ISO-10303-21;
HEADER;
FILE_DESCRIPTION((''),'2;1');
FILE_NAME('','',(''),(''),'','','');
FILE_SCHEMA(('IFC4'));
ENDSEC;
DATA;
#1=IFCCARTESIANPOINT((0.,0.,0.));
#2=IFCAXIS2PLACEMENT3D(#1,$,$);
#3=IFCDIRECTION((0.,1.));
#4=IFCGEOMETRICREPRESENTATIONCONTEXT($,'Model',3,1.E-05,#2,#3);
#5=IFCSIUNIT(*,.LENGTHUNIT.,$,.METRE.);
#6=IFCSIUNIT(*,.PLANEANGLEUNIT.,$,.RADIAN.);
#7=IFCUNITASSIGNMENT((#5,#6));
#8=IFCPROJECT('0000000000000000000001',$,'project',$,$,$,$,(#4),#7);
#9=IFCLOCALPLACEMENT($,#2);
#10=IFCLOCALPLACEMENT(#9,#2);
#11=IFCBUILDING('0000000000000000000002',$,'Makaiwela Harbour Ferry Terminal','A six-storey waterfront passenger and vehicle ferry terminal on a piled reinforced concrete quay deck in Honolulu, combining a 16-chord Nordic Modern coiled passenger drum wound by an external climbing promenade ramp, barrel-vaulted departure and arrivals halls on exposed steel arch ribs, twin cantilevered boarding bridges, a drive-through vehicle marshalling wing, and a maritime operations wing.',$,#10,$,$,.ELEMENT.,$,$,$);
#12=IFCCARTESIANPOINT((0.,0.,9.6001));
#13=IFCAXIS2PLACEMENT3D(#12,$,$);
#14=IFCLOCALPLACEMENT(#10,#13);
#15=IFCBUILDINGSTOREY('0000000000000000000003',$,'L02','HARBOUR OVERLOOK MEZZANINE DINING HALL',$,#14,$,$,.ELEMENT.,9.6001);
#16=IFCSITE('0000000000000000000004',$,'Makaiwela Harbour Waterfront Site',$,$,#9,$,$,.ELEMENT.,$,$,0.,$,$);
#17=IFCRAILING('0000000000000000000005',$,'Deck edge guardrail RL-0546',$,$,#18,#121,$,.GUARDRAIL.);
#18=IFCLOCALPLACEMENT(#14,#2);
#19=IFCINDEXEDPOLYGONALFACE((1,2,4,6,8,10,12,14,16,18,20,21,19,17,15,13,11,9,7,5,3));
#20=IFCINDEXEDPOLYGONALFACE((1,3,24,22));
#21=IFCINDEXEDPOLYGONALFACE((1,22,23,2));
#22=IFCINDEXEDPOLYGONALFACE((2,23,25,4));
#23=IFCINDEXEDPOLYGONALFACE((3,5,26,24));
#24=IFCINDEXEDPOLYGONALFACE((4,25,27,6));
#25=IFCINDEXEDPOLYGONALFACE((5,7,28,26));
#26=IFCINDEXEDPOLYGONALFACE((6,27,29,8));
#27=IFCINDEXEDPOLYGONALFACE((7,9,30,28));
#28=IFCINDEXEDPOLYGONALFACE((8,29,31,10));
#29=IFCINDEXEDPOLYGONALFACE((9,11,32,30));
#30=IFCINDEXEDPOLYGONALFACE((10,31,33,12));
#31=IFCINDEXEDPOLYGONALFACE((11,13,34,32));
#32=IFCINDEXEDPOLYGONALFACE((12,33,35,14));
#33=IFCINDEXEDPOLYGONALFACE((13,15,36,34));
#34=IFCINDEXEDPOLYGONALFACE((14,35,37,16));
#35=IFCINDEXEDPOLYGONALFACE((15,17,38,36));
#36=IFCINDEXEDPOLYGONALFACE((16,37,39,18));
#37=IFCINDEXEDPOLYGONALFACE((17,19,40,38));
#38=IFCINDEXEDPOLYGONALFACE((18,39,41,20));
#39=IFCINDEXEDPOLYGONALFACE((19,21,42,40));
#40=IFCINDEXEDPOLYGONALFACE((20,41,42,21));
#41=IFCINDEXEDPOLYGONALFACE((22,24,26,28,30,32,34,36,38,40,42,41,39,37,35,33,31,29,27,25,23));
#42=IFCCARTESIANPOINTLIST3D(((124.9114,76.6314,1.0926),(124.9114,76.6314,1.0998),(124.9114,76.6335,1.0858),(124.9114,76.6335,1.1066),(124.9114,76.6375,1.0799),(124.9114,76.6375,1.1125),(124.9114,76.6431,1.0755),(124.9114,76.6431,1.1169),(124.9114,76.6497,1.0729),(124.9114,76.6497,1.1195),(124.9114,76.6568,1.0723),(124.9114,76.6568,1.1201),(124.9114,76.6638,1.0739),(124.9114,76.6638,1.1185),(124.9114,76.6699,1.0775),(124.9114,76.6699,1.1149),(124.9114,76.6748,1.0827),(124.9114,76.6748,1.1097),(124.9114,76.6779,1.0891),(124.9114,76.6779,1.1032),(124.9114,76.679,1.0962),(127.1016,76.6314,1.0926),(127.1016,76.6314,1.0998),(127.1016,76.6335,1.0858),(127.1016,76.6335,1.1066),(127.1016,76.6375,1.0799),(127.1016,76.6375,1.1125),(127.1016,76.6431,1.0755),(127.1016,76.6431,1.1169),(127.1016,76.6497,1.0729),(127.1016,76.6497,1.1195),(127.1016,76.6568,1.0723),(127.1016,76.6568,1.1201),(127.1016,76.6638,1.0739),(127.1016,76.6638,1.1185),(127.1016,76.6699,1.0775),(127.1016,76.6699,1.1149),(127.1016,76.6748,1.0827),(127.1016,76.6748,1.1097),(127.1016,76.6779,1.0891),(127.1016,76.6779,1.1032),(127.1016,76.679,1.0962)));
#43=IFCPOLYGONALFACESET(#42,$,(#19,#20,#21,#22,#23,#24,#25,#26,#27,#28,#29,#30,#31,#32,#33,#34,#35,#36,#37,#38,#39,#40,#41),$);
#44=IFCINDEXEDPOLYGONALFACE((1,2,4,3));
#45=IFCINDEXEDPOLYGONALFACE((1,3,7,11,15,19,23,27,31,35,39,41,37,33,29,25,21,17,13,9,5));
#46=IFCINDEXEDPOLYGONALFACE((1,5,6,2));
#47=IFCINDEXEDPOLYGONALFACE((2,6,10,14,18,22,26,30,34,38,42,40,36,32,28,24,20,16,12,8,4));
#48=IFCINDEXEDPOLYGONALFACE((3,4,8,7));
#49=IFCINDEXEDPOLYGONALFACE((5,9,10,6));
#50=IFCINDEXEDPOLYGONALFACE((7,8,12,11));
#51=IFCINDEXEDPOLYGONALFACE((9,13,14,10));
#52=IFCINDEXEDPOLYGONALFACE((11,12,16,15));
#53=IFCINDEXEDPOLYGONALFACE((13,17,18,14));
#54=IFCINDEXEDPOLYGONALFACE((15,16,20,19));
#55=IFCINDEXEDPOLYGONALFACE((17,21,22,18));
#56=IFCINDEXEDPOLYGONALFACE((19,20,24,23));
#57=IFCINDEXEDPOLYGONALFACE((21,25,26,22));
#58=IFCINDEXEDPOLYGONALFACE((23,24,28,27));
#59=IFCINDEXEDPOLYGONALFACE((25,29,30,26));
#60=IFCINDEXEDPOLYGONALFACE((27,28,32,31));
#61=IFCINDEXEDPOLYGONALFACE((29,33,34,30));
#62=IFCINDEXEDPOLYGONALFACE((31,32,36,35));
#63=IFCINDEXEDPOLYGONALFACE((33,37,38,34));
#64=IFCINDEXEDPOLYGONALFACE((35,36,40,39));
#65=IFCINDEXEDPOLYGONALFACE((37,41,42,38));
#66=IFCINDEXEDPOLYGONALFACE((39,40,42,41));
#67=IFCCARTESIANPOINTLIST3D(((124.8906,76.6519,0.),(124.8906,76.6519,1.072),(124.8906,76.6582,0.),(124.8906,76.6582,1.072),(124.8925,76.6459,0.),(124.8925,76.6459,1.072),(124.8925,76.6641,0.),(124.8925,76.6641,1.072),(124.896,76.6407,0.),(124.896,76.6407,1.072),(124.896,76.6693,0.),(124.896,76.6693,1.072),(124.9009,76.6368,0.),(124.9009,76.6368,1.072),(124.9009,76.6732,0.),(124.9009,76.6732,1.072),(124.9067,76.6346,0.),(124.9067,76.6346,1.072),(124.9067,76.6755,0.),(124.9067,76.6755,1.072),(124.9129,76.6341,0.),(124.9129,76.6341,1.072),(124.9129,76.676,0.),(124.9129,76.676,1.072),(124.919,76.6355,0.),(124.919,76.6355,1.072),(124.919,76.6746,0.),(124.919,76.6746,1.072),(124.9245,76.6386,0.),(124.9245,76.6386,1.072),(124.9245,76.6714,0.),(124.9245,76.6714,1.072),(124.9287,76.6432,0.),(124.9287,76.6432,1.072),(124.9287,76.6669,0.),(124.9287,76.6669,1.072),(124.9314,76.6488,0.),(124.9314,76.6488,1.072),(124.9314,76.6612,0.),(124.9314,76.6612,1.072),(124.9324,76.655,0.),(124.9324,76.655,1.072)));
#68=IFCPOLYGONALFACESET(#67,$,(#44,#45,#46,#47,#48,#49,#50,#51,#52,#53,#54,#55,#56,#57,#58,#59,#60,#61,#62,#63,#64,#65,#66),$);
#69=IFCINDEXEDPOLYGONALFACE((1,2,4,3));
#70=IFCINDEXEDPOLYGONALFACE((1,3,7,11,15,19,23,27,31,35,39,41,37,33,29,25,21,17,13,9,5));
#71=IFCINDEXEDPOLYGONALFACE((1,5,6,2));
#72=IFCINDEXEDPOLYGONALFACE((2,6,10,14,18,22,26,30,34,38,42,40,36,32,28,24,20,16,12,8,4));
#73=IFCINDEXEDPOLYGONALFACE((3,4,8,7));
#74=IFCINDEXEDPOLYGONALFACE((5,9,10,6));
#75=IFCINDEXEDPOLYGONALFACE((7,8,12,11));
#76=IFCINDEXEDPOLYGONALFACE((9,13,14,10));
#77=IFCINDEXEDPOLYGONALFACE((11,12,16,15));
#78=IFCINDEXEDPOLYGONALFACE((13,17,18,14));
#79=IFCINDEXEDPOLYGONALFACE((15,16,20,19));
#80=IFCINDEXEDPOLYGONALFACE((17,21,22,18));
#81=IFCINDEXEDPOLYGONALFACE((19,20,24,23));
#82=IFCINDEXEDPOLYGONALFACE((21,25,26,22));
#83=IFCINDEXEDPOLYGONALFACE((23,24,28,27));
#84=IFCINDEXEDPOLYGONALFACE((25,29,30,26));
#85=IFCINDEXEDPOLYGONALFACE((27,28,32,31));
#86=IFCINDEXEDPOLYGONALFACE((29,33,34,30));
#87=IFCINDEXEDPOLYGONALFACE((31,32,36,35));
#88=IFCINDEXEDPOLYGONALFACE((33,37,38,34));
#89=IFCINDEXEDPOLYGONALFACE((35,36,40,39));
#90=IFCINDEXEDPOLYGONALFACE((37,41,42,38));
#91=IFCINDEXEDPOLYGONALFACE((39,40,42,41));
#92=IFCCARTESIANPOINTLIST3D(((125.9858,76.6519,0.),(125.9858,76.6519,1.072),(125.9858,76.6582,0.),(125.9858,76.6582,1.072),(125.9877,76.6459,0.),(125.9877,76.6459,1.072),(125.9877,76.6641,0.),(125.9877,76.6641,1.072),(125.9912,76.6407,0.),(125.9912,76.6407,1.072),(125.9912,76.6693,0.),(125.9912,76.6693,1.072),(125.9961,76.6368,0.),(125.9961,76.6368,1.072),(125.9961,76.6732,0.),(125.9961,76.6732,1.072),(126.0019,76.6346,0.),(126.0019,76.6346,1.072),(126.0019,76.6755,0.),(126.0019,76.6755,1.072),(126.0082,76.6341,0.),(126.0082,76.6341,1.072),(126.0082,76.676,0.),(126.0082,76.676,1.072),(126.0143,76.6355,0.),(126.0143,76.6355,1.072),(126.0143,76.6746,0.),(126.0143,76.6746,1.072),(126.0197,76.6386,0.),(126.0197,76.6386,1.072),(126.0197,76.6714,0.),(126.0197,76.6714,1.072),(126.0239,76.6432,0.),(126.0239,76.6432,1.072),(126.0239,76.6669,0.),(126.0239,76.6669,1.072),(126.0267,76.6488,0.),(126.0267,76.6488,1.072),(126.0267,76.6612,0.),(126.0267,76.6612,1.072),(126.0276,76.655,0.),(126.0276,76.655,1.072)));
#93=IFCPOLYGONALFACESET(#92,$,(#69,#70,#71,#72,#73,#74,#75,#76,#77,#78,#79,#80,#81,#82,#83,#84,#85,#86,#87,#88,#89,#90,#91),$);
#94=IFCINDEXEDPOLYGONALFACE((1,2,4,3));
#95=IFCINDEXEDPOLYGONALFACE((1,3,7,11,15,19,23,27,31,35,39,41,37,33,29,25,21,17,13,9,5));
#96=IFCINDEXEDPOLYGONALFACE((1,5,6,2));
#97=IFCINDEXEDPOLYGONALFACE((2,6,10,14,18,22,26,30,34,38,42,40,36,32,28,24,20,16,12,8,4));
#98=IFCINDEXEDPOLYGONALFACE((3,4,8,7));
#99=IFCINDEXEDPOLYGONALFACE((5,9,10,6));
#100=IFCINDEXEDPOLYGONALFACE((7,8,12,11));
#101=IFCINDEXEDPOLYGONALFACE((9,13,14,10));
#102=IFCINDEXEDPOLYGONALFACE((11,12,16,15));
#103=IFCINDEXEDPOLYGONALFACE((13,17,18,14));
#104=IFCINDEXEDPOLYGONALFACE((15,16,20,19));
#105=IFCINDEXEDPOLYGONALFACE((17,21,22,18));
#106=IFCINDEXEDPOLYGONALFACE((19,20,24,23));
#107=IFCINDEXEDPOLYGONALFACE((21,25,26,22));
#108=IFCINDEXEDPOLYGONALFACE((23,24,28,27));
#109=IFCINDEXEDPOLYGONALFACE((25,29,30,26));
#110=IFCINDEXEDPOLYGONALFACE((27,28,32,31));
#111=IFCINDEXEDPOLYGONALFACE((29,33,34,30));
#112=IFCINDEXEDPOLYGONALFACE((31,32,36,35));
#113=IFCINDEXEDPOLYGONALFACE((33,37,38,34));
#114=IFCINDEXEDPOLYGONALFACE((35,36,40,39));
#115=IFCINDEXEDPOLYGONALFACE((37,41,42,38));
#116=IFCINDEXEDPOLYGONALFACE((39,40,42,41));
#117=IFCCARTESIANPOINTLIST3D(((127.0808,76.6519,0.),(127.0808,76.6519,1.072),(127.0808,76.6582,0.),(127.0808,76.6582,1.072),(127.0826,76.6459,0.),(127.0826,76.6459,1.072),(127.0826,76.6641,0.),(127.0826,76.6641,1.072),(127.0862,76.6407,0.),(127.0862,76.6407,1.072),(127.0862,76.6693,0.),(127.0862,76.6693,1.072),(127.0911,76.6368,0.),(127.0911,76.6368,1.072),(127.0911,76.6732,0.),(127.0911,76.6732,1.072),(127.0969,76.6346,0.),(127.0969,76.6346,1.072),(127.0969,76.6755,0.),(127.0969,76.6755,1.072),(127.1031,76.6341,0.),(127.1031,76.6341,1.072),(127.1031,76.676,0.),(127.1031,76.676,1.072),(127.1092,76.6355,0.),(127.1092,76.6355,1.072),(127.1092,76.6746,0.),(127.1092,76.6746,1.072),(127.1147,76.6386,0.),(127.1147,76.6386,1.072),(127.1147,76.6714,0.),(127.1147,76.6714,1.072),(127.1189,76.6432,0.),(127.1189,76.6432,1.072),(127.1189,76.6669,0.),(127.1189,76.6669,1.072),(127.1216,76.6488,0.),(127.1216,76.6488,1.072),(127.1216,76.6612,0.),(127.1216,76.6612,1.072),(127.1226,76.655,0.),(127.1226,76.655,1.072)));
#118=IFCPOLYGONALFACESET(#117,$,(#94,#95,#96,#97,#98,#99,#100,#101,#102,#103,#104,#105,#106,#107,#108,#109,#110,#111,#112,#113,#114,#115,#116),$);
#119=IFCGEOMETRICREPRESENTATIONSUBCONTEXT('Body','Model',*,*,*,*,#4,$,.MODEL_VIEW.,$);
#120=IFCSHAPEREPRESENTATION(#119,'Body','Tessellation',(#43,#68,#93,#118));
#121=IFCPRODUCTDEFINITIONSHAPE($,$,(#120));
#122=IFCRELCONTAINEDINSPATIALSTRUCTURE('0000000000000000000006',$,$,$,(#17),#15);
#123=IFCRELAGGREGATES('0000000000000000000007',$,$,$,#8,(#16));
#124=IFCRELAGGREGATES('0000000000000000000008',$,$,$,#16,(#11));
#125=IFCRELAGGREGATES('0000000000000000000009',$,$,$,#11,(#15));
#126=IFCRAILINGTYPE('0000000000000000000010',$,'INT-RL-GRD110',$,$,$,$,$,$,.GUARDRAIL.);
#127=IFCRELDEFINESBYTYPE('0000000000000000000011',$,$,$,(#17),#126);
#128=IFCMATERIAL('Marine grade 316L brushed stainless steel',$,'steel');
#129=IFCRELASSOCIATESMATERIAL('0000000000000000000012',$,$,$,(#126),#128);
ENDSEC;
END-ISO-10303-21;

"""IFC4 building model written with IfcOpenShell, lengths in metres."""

from ifc_helpers import new_model, si_unit, direction, frame, origin, origin_2d, place, context, subcontext, project, spatial, circle, extrude, material, type_object, element, save


model = new_model("IFC4")

# Units and contexts
model_context = context("Model", 3, precision=1e-05, world=origin(), true_north=direction((0.0, 1.0)))
body_context = subcontext(model_context, "Body", "Model", "MODEL_VIEW")
ifc_project = project(units=[si_unit("LENGTHUNIT", "METRE"), si_unit("PLANEANGLEUNIT", "RADIAN")], contexts=[model_context])

# Site, building, storey
site_placement = place(None, origin())
site = spatial("IfcSite", under=ifc_project, at=site_placement, Name="Makaiwela Harbour Waterfront Site", CompositionType="ELEMENT", RefElevation=0.0)
building_placement = place(site_placement, origin())
building = spatial("IfcBuilding", under=site, at=building_placement, Name="Makaiwela Harbour Ferry Terminal", Description="A six-storey waterfront passenger and vehicle ferry terminal on a piled reinforced concrete quay deck in Honolulu, combining a 16-chord Nordic Modern coiled passenger drum wound by an external climbing promenade ramp, barrel-vaulted departure and arrivals halls on exposed steel arch ribs, twin cantilevered boarding bridges, a drive-through vehicle marshalling wing, and a maritime operations wing.", CompositionType="ELEMENT")
storey_placement = place(building_placement, frame((0.0, 0.0, 9.6001)))
storey = spatial("IfcBuildingStorey", under=building, at=storey_placement, Name="L02", Description="HARBOUR OVERLOOK MEZZANINE DINING HALL", CompositionType="ELEMENT", Elevation=9.6001)

# Railing
ifc_material_1 = material(Name="Marine grade 316L brushed stainless steel", Category="steel")
railing_type = type_object("IfcRailingType", Name="INT-RL-GRD110", PredefinedType="GUARDRAIL", material=ifc_material_1)
for number, where, name in (
    (1, (124.9114, 76.655, 0.0), "Deck edge guardrail RL-0546"),
):
    element("IfcRailing", number, at=place(storey_placement, frame(where)), inside=storey, type_object=railing_type, Name=name, PredefinedType="GUARDRAIL", context=body_context, shape_type="SweptSolid", body=[
        extrude(circle(Radius=0.0239, at=origin_2d()), frame((0.0, 0.0, 1.0962), z_axis=(1.0, 0.0, 0.0), x_axis=(0.0, 1.0, 0.0)), (0.0, 0.0, 1.0), 2.1902),
        extrude(circle(Radius=0.021, at=origin_2d()), origin(), (0.0, 0.0, 1.0), 1.072),
        extrude(circle(Radius=0.021, at=origin_2d()), frame((1.0952, 0.0, 0.0)), (0.0, 0.0, 1.0), 1.072),
        extrude(circle(Radius=0.021, at=origin_2d()), frame((2.1902, 0.0, 0.0)), (0.0, 0.0, 1.0), 1.072),
    ])

save(model, "model.ifc")
